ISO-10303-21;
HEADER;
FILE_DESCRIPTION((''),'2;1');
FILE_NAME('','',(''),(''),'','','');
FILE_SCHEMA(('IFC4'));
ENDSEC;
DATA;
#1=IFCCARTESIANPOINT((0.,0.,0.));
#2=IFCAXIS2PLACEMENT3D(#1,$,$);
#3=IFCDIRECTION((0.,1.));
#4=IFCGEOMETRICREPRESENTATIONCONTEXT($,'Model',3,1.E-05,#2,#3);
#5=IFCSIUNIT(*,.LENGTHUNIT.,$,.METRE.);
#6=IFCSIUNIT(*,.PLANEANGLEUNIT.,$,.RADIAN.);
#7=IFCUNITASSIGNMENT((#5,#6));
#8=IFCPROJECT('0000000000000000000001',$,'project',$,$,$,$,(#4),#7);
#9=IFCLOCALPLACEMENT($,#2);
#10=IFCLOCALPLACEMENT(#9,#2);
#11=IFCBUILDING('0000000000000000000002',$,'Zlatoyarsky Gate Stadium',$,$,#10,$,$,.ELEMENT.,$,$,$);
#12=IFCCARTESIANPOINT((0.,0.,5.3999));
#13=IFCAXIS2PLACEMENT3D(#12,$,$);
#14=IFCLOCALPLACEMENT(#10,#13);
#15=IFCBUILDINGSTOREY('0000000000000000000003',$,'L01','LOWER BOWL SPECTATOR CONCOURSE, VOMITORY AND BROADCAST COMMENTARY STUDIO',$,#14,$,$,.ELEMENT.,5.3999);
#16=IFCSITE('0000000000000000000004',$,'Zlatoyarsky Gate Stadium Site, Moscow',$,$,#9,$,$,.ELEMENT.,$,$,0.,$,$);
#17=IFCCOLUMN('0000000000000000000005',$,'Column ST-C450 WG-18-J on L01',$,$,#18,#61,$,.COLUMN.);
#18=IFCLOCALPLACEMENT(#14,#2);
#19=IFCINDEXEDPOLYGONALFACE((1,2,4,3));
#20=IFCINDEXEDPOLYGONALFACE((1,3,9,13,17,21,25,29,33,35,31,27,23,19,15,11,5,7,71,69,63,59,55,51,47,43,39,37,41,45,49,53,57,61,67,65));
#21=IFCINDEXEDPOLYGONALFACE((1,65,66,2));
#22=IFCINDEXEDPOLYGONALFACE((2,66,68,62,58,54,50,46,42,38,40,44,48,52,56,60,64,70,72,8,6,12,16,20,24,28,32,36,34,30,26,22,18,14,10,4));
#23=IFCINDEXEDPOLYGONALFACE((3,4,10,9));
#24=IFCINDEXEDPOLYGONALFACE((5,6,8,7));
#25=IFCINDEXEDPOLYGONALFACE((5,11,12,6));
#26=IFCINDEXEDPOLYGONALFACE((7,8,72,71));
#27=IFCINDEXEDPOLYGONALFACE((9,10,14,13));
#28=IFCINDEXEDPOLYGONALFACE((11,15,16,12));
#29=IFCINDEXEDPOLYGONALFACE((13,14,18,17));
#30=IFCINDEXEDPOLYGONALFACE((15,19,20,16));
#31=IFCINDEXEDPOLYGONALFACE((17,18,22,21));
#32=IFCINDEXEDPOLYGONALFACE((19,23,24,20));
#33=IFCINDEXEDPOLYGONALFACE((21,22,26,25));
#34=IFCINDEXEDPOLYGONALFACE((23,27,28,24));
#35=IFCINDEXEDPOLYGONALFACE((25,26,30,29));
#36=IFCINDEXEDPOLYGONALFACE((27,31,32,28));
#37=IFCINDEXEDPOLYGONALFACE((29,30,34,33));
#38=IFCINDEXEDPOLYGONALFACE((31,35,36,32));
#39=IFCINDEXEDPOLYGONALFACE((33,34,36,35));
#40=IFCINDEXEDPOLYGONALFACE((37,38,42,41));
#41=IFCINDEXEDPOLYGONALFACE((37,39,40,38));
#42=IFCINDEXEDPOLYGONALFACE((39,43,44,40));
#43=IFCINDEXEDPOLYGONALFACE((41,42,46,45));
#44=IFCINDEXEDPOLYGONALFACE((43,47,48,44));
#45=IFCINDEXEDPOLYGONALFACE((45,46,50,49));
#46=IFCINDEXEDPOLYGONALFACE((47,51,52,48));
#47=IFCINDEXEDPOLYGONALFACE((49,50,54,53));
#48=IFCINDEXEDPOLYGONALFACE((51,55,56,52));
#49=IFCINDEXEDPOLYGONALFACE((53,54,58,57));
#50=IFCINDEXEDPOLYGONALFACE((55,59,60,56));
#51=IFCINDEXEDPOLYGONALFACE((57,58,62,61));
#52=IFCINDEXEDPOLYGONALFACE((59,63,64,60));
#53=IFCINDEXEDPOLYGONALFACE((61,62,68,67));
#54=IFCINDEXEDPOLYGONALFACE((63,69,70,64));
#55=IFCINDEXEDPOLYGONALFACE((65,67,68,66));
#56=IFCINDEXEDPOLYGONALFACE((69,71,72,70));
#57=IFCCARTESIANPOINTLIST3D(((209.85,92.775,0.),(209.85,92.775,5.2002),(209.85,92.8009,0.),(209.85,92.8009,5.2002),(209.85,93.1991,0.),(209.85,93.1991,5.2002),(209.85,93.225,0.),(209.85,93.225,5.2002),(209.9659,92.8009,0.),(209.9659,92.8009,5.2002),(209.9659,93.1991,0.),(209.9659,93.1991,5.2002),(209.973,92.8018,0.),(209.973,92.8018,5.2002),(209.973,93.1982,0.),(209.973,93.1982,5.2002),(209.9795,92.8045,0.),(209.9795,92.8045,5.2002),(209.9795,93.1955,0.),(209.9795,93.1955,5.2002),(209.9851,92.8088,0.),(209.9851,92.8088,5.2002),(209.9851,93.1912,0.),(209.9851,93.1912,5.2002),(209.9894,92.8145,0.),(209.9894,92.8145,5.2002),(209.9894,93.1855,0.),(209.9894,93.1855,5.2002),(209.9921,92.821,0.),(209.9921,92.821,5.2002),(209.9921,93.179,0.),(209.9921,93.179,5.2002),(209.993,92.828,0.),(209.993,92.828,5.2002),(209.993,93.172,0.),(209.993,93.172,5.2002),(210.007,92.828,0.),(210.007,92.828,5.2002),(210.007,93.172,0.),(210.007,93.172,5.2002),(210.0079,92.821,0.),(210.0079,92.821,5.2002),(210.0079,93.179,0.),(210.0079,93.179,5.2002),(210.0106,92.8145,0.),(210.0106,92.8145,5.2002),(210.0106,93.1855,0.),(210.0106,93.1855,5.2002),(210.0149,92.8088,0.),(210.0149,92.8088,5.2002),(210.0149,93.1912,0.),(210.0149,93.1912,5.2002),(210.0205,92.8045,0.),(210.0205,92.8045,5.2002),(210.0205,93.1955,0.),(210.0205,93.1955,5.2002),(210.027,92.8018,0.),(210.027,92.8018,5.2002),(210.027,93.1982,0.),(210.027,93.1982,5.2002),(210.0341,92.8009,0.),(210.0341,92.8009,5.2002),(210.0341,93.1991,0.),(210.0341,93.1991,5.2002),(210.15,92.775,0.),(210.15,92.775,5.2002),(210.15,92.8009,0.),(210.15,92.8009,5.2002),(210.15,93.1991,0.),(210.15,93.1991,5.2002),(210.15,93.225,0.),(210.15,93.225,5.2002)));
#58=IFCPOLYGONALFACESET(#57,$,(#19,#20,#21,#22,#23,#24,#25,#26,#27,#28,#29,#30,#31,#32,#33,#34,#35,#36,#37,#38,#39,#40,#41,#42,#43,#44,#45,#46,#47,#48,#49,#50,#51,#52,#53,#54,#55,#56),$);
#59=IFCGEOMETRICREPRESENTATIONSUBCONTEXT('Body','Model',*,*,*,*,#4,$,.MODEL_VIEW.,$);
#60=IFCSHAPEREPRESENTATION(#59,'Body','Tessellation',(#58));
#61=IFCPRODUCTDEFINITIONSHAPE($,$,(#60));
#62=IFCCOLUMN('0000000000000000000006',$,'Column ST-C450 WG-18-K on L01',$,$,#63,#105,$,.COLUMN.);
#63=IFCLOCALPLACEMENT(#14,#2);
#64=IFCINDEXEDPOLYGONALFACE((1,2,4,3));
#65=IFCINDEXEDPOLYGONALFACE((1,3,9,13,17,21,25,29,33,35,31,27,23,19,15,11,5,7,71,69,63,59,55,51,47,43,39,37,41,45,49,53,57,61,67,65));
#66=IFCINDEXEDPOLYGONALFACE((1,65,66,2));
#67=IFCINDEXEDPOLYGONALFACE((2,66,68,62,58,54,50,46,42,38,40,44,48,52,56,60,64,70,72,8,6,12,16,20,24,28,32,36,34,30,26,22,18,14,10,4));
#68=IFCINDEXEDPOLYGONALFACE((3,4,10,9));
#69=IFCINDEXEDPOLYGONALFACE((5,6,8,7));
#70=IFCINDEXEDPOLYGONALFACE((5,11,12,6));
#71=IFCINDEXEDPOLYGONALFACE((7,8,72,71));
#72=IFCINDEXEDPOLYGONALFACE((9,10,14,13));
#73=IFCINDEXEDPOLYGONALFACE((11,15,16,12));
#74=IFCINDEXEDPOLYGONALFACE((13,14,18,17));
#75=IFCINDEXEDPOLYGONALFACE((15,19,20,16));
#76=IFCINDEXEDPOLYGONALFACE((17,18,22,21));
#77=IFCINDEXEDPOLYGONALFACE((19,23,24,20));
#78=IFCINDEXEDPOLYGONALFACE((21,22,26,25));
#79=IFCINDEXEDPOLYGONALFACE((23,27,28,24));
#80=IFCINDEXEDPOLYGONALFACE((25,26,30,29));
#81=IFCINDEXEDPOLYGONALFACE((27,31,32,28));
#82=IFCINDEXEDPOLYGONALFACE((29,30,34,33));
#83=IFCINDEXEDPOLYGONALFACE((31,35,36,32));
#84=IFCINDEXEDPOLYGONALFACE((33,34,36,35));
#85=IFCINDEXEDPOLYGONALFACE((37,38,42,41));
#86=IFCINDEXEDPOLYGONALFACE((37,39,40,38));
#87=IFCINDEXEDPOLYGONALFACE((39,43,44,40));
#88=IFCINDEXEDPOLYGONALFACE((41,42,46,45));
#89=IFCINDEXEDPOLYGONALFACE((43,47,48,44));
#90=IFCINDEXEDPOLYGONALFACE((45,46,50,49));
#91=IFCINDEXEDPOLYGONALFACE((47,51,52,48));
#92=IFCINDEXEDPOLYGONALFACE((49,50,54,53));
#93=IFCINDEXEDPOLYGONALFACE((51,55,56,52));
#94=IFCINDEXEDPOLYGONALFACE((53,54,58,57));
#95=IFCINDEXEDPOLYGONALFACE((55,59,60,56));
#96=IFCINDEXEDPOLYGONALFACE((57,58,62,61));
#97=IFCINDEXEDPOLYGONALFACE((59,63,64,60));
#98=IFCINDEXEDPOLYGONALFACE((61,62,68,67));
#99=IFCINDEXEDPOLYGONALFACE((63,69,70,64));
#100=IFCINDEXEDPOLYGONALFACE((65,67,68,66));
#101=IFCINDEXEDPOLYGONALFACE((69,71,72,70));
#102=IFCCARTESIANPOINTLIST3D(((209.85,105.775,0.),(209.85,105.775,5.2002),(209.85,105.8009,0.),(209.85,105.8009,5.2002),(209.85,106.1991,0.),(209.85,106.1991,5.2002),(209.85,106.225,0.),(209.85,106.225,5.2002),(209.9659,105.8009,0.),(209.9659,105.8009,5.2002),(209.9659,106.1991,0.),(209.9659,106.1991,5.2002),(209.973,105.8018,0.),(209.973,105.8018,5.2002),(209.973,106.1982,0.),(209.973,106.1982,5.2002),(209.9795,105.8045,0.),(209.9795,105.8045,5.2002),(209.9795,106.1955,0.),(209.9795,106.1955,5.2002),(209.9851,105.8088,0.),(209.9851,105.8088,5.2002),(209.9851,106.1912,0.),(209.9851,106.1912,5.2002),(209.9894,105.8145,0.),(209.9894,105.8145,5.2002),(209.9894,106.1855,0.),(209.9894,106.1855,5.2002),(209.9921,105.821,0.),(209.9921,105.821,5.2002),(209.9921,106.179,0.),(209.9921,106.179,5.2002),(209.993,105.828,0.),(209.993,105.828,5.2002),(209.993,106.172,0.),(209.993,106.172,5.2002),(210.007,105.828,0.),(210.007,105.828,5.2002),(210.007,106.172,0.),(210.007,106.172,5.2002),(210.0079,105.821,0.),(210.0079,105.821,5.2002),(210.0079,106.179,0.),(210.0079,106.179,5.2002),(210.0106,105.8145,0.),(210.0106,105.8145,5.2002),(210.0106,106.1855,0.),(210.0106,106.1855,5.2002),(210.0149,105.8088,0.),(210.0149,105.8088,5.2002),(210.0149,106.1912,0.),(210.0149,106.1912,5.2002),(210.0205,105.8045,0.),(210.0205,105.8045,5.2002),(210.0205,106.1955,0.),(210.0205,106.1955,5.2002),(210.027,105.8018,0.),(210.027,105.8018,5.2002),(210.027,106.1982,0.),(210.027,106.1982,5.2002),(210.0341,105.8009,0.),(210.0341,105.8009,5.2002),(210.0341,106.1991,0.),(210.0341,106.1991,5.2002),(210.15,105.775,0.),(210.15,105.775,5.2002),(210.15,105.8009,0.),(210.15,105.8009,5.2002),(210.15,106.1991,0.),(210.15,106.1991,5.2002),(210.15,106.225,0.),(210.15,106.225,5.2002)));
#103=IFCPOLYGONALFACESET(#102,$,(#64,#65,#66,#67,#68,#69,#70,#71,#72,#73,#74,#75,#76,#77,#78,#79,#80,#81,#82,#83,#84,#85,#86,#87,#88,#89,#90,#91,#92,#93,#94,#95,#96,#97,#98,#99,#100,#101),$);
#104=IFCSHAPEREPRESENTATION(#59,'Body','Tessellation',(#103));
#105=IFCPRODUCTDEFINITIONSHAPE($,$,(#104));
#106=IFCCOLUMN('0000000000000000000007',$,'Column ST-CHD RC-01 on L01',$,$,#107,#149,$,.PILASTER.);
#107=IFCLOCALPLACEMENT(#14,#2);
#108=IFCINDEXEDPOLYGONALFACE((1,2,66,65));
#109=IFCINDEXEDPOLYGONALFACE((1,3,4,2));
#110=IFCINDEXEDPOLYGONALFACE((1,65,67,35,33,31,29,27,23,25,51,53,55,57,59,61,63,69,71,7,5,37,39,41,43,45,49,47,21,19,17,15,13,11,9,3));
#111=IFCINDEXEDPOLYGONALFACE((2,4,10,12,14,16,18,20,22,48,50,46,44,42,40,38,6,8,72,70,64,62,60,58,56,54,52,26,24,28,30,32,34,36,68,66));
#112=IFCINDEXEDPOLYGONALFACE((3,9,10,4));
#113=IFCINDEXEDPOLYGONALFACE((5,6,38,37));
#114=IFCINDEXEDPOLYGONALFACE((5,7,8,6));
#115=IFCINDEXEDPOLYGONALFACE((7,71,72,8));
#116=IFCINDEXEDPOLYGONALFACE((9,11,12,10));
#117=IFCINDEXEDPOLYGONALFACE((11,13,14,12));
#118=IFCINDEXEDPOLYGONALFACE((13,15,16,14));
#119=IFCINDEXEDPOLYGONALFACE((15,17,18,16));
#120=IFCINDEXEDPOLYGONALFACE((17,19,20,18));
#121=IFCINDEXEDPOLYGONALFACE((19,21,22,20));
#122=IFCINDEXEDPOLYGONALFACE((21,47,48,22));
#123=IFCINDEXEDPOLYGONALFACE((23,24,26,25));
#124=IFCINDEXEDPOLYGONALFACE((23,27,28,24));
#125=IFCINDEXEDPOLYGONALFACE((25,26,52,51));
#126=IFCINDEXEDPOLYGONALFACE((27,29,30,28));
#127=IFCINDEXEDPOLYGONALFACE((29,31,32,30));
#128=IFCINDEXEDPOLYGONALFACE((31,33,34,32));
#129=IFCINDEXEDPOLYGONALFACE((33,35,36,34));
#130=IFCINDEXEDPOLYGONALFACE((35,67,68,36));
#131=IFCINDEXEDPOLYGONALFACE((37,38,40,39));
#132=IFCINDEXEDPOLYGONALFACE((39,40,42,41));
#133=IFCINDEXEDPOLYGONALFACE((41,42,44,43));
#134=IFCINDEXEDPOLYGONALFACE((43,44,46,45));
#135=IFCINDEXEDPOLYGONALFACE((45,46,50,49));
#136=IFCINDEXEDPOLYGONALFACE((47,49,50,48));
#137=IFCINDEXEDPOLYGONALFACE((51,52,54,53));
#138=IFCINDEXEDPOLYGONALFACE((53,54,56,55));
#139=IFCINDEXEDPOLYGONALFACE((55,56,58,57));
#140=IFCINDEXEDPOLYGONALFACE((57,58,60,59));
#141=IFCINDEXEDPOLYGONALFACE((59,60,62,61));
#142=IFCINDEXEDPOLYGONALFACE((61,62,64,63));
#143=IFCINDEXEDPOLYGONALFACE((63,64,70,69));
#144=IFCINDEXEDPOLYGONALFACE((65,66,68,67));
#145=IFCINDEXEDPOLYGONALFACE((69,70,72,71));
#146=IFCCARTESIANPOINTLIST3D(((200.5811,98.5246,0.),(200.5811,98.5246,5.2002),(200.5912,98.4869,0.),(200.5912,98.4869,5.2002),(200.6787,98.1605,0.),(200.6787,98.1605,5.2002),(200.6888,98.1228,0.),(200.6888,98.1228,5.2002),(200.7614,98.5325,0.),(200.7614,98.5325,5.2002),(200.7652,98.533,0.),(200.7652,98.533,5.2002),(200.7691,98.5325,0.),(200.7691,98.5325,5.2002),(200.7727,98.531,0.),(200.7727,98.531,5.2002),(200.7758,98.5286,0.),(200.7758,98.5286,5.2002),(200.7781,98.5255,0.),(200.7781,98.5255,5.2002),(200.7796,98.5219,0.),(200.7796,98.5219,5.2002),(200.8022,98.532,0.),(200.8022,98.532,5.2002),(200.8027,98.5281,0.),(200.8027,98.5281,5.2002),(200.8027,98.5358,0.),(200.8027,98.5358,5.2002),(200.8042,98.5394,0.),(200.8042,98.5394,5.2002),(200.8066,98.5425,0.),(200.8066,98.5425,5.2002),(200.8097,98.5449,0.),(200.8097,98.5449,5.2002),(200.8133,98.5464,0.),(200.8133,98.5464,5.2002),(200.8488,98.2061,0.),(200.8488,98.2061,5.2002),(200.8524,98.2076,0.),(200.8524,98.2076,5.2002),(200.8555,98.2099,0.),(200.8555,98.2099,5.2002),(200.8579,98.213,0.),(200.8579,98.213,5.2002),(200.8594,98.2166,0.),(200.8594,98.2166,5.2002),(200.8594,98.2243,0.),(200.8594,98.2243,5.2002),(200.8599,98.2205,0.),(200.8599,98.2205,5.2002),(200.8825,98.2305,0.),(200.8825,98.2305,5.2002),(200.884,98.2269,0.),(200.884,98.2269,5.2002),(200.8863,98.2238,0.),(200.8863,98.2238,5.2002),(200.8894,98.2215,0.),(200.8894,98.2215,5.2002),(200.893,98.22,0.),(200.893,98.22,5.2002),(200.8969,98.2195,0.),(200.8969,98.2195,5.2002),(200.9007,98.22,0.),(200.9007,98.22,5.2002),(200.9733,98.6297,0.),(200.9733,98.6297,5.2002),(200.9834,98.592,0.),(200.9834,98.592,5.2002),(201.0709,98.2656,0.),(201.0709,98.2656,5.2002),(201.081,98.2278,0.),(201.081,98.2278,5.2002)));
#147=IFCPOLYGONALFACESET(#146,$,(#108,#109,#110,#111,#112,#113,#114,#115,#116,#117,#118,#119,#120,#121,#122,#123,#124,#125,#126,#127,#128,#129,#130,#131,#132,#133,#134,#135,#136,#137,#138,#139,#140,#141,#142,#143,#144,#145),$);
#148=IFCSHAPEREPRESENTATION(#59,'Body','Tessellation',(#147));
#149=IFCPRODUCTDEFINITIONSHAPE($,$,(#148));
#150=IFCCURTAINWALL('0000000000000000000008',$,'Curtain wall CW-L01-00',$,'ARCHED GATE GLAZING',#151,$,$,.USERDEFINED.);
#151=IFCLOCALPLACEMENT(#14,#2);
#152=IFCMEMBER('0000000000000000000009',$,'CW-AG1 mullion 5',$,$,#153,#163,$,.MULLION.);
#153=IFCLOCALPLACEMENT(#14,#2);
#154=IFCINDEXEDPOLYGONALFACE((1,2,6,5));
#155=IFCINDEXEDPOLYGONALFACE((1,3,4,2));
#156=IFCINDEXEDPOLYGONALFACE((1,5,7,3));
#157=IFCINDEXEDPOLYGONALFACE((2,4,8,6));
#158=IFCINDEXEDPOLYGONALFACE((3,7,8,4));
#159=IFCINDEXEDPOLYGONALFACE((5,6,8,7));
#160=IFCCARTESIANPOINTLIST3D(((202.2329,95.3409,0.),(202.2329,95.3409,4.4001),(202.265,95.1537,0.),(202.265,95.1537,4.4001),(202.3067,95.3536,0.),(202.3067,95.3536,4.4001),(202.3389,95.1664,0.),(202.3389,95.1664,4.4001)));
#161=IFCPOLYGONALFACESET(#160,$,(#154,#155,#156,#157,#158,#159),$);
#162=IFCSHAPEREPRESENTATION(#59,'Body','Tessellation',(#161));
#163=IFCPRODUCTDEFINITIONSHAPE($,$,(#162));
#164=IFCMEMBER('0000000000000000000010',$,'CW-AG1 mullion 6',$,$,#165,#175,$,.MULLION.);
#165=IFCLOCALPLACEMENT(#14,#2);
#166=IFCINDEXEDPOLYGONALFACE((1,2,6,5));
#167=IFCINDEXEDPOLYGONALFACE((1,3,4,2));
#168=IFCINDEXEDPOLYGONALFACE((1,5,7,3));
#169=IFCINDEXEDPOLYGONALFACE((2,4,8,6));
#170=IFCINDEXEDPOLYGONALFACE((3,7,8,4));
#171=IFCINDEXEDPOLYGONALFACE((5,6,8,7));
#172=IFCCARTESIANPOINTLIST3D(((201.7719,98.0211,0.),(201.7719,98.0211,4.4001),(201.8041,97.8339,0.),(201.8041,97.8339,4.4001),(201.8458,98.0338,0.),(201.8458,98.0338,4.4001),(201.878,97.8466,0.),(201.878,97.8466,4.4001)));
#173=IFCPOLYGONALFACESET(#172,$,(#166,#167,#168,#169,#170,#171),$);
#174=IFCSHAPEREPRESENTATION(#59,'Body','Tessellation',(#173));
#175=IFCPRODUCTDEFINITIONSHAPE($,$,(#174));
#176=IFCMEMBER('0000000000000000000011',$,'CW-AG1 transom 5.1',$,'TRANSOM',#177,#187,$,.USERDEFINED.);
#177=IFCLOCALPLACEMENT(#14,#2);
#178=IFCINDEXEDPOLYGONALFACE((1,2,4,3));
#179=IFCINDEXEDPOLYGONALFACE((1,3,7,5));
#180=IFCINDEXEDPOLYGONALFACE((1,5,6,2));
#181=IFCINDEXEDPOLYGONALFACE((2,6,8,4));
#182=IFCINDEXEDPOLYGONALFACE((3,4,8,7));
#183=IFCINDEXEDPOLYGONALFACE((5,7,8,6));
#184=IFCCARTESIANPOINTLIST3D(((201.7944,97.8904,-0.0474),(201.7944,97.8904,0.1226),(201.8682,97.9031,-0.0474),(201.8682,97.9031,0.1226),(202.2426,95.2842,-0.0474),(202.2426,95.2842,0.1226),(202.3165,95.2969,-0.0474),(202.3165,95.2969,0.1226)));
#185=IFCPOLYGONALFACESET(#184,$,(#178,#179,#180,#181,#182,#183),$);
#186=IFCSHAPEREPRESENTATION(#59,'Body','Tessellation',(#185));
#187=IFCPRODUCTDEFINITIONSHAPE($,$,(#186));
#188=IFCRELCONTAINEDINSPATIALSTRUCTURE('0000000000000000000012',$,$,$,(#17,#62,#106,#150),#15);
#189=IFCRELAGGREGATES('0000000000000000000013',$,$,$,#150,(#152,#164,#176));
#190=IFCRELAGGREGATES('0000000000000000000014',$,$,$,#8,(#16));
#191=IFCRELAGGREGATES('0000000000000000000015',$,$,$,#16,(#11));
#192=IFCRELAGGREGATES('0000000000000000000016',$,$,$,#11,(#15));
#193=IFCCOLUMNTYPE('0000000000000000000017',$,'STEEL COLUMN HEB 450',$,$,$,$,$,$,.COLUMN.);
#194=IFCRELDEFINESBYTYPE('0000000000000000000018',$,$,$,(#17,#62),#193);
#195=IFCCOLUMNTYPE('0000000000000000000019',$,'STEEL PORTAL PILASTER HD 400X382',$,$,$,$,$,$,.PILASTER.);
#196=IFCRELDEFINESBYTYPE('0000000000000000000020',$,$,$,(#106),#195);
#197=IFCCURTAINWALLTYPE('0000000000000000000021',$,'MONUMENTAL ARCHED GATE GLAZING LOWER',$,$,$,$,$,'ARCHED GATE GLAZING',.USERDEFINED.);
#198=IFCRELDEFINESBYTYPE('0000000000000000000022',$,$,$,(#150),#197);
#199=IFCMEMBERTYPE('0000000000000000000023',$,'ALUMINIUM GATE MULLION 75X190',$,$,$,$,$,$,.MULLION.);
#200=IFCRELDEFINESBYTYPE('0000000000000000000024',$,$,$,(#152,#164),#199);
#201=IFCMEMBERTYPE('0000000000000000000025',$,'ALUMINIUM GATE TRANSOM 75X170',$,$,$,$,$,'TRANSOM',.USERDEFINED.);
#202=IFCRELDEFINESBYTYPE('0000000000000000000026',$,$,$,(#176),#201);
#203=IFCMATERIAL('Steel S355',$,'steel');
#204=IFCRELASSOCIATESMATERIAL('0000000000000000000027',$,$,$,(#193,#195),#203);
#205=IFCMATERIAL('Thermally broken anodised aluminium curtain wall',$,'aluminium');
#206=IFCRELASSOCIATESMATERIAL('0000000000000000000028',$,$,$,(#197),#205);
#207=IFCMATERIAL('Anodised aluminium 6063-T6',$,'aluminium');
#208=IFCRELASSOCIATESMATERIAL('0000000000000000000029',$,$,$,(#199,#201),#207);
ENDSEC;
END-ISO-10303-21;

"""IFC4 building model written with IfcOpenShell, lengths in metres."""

from ifc_helpers import new_model, si_unit, direction, frame, origin, origin_2d, place, context, subcontext, project, spatial, rectangle, i_section, extrude, material, material_profile, profile_set, type_object, element, aggregate, save


model = new_model("IFC4")

# Units and contexts
model_context = context("Model", 3, precision=1e-05, world=origin(), true_north=direction((0.0, 1.0)))
body_context = subcontext(model_context, "Body", "Model", "MODEL_VIEW")
ifc_project = project(units=[si_unit("LENGTHUNIT", "METRE"), si_unit("PLANEANGLEUNIT", "RADIAN")], contexts=[model_context])

# Site, building, storey
site_placement = place(None, origin())
site = spatial("IfcSite", under=ifc_project, at=site_placement, Name="Zlatoyarsky Gate Stadium Site, Moscow", CompositionType="ELEMENT", RefElevation=0.0)
building_placement = place(site_placement, origin())
building = spatial("IfcBuilding", under=site, at=building_placement, Name="Zlatoyarsky Gate Stadium", CompositionType="ELEMENT")
storey_placement = place(building_placement, frame((0.0, 0.0, 5.3999)))
storey = spatial("IfcBuildingStorey", under=building, at=storey_placement, Name="L01", Description="LOWER BOWL SPECTATOR CONCOURSE, VOMITORY AND BROADCAST COMMENTARY STUDIO", CompositionType="ELEMENT", Elevation=5.3999)

# Columns
ifc_material_1 = material(Name="Steel S355", Category="steel")
ifc_material_profile_1 = material_profile(ifc_material_1, i_section(OverallWidth=0.3, OverallDepth=0.45, WebThickness=0.0139, FlangeThickness=0.0259, FilletRadius=0.0271, at=origin_2d()), Name="HEB 450")
ifc_profile_set_1 = profile_set([ifc_material_profile_1], Name="Steel S355")
column_type_1 = type_object("IfcColumnType", Name="STEEL COLUMN HEB 450", PredefinedType="COLUMN", material=ifc_profile_set_1)
for number, where, z_axis, x_axis, name in (
    (1, (210.0, 93.0, 0.0), (0.0, 0.0, 1.0), (1.0, 0.0, 0.0), "Column ST-C450 WG-18-J on L01"),
    (2, (210.0, 106.0, 0.0), (0.0, 0.0, 1.0), (1.0, 0.0, 0.0), "Column ST-C450 WG-18-K on L01"),
):
    element("IfcColumn", number, at=place(storey_placement, frame(where, z_axis=z_axis, x_axis=x_axis)), inside=storey, type_object=column_type_1, Name=name, PredefinedType="COLUMN", context=body_context, shape_type="SweptSolid", body=[
        extrude(i_section(OverallWidth=0.3, OverallDepth=0.45, WebThickness=0.0139, FlangeThickness=0.0259, FilletRadius=0.0271, at=origin_2d()), origin(), (0.0, 0.0, 1.0), 5.2002),
    ])
ifc_material_profile_2 = material_profile(ifc_material_1, i_section(OverallWidth=0.406, OverallDepth=0.416, WebThickness=0.0239, FlangeThickness=0.0391, FilletRadius=0.0149, at=origin_2d()), Name="HD 400X382")
ifc_profile_set_2 = profile_set([ifc_material_profile_2], Name="Steel S355")
column_type_2 = type_object("IfcColumnType", Name="STEEL PORTAL PILASTER HD 400X382", PredefinedType="PILASTER", material=ifc_profile_set_2)
column_placement = place(storey_placement, frame((200.8311, 98.3762, 0.0), z_axis=(0.0, 0.0, 1.0), x_axis=(0.965926, 0.258819, 0.0)))
element("IfcColumn", 3, at=column_placement, inside=storey, type_object=column_type_2, Name="Column ST-CHD RC-01 on L01", PredefinedType="PILASTER", context=body_context, shape_type="SweptSolid", body=[
    extrude(i_section(OverallWidth=0.406, OverallDepth=0.416, WebThickness=0.0239, FlangeThickness=0.0391, FilletRadius=0.0149, at=origin_2d()), origin(), (0.0, 0.0, 1.0), 5.2002),
])

# Curtain wall, members
ifc_material_2 = material(Name="Thermally broken anodised aluminium curtain wall", Category="aluminium")
curtain_wall_type_1 = type_object("IfcCurtainWallType", Name="MONUMENTAL ARCHED GATE GLAZING LOWER", ElementType="ARCHED GATE GLAZING", PredefinedType="USERDEFINED", material=ifc_material_2)
curtain_wall_1_placement = place(storey_placement, origin())
curtain_wall_1 = element("IfcCurtainWall", 4, at=curtain_wall_1_placement, inside=storey, type_object=curtain_wall_type_1, Name="Curtain wall CW-L01-00", ObjectType="ARCHED GATE GLAZING", PredefinedType="USERDEFINED")
ifc_material_3 = material(Name="Anodised aluminium 6063-T6", Category="aluminium")
ifc_material_profile_3 = material_profile(ifc_material_3, rectangle(XDim=0.075, YDim=0.1899, at=origin_2d()), Name="ALU 75X190")
ifc_profile_set_3 = profile_set([ifc_material_profile_3], Name="Anodised aluminium 6063-T6")
member_type_1 = type_object("IfcMemberType", Name="ALUMINIUM GATE MULLION 75X190", PredefinedType="MULLION", material=ifc_profile_set_3)
member_1_placement = place(storey_placement, frame((202.2859, 95.2537, 0.0), z_axis=(0.0, 0.0, 1.0), x_axis=(-0.985538, -0.169452, 0.0)))
member_1 = element("IfcMember", 5, at=member_1_placement, type_object=member_type_1, Name="CW-AG1 mullion 5", PredefinedType="MULLION", context=body_context, shape_type="SweptSolid", body=[
    extrude(rectangle(XDim=0.075, YDim=0.1899, at=origin_2d()), origin(), (0.0, 0.0, 1.0), 4.4001),
])
member_2_placement = place(storey_placement, frame((201.825, 97.9338, 0.0), z_axis=(0.0, 0.0, 1.0), x_axis=(-0.985538, -0.169452, 0.0)))
member_2 = element("IfcMember", 6, at=member_2_placement, type_object=member_type_1, Name="CW-AG1 mullion 6", PredefinedType="MULLION", context=body_context, shape_type="SweptSolid", body=[
    extrude(rectangle(XDim=0.075, YDim=0.1899, at=origin_2d()), origin(), (0.0, 0.0, 1.0), 4.4001),
])
ifc_material_profile_4 = material_profile(ifc_material_3, rectangle(XDim=0.075, YDim=0.1699, at=origin_2d()), Name="ALU 75X170")
ifc_profile_set_4 = profile_set([ifc_material_profile_4], Name="Anodised aluminium 6063-T6")
member_type_2 = type_object("IfcMemberType", Name="ALUMINIUM GATE TRANSOM 75X170", ElementType="TRANSOM", PredefinedType="USERDEFINED", material=ifc_profile_set_4)
member_3_placement = place(storey_placement, frame((202.2795, 95.2905, 0.0376), z_axis=(-0.169502, 0.98553, 0.0), x_axis=(-0.98553, -0.169502, 0.0)))
member_3 = element("IfcMember", 7, at=member_3_placement, type_object=member_type_2, Name="CW-AG1 transom 5.1", ObjectType="TRANSOM", PredefinedType="USERDEFINED", context=body_context, shape_type="SweptSolid", body=[
    extrude(rectangle(XDim=0.075, YDim=0.1699, at=origin_2d()), origin(), (0.0, 0.0, 1.0), 2.6445),
])

aggregate(curtain_wall_1, [member_1, member_2, member_3])

save(model, "model.ifc")
